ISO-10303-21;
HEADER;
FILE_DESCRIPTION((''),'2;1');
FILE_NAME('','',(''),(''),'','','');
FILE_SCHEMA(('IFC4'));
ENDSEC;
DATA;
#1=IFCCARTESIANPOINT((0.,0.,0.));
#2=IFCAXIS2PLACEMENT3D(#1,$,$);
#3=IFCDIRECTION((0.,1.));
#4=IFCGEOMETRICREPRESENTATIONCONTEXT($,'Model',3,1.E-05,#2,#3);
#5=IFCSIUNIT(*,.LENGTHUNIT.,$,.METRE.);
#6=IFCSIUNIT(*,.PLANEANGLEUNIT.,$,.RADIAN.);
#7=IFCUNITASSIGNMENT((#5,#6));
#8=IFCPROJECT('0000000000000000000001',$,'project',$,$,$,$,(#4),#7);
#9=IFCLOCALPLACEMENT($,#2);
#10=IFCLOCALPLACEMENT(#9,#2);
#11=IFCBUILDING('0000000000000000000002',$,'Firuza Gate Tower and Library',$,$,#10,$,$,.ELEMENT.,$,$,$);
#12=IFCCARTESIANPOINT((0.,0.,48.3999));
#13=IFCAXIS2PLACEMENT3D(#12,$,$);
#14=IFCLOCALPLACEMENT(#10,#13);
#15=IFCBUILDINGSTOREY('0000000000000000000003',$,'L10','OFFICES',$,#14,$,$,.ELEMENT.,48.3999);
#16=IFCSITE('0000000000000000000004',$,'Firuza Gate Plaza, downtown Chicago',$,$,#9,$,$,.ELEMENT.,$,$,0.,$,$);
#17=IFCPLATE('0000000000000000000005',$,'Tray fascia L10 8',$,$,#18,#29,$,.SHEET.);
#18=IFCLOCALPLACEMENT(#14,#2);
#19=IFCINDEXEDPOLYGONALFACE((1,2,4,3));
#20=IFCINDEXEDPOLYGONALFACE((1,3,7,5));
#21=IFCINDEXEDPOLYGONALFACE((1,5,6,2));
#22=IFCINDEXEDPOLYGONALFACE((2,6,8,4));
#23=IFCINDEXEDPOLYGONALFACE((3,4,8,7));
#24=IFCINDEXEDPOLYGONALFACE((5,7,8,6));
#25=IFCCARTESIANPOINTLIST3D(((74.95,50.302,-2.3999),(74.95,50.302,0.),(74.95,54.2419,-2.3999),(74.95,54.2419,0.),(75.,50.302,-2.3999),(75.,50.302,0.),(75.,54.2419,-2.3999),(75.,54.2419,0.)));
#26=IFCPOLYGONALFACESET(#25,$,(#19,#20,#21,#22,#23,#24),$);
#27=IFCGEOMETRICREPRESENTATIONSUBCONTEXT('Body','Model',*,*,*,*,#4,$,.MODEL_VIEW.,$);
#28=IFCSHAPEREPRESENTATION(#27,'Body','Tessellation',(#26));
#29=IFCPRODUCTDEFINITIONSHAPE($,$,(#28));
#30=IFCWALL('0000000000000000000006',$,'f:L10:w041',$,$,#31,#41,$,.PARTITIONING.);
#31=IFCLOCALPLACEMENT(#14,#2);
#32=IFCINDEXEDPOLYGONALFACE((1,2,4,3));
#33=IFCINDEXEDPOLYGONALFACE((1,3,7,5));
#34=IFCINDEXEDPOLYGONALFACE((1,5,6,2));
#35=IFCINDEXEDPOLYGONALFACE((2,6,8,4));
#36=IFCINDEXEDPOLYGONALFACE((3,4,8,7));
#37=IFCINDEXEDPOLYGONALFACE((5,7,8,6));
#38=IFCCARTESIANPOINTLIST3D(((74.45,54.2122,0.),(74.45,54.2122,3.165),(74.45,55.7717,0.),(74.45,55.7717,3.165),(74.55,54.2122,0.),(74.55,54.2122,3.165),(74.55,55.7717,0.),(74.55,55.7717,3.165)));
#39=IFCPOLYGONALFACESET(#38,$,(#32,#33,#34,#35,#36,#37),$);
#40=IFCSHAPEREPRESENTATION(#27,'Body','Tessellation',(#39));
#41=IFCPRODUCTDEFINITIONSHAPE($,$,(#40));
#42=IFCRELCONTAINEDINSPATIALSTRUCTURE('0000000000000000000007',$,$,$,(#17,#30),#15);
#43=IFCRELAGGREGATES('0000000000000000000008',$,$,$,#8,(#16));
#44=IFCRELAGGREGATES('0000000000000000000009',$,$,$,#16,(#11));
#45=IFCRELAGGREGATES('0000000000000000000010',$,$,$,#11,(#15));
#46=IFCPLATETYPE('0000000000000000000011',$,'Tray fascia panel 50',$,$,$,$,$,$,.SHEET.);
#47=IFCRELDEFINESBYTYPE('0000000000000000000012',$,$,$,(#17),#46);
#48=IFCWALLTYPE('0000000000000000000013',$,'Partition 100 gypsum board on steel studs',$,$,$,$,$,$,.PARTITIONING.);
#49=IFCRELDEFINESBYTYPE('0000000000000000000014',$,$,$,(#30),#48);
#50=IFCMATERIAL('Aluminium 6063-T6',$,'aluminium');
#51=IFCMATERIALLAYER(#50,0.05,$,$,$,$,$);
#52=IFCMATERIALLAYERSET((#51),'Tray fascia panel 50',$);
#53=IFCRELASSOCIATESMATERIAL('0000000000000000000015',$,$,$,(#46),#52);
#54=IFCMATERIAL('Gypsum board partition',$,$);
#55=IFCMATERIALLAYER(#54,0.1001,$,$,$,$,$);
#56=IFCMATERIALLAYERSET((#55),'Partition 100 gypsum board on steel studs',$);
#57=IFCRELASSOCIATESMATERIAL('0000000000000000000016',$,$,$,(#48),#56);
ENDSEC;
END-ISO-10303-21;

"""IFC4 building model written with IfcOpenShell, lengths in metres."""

from ifc_helpers import new_model, si_unit, direction, frame, frame_2d, origin, place, context, subcontext, project, spatial, polyline, rectangle, outline, extrude, material, layer, layer_set, type_object, element, save


model = new_model("IFC4")

# Units and contexts
model_context = context("Model", 3, precision=1e-05, world=origin(), true_north=direction((0.0, 1.0)))
body_context = subcontext(model_context, "Body", "Model", "MODEL_VIEW")
ifc_project = project(units=[si_unit("LENGTHUNIT", "METRE"), si_unit("PLANEANGLEUNIT", "RADIAN")], contexts=[model_context])

# Site, building, storey
site_placement = place(None, origin())
site = spatial("IfcSite", under=ifc_project, at=site_placement, Name="Firuza Gate Plaza, downtown Chicago", CompositionType="ELEMENT", RefElevation=0.0)
building_placement = place(site_placement, origin())
building = spatial("IfcBuilding", under=site, at=building_placement, Name="Firuza Gate Tower and Library", CompositionType="ELEMENT")
storey_placement = place(building_placement, frame((0.0, 0.0, 48.3999)))
storey = spatial("IfcBuildingStorey", under=building, at=storey_placement, Name="L10", Description="OFFICES", CompositionType="ELEMENT", Elevation=48.3999)

# Plate
ifc_material_1 = material(Name="Aluminium 6063-T6", Category="aluminium")
ifc_layer_1 = layer(ifc_material_1, 0.05)
ifc_layer_set_1 = layer_set([ifc_layer_1], Name="Tray fascia panel 50")
plate_type_1 = type_object("IfcPlateType", Name="Tray fascia panel 50", PredefinedType="SHEET", material=ifc_layer_set_1)
plate_1_placement = place(storey_placement, frame((74.95, 54.2419, -2.3999), z_axis=(-1.0, 0.0, 0.0), x_axis=(0.0, -1.0, 0.0)))
element("IfcPlate", 1, at=plate_1_placement, inside=storey, type_object=plate_type_1, Name="Tray fascia L10 8", PredefinedType="SHEET", context=body_context, shape_type="SweptSolid", body=[
    extrude(outline(polyline([(0.0, 0.0), (3.9399, 0.0), (3.9399, 2.3999), (0.0, 2.3999), (0.0, 0.0)])), origin(), (0.0, 0.0, -1.0), 0.05),
])

# Wall
ifc_material_2 = material(Name="Gypsum board partition")
ifc_layer_2 = layer(ifc_material_2, 0.1001)
ifc_layer_set_2 = layer_set([ifc_layer_2], Name="Partition 100 gypsum board on steel studs")
wall_type = type_object("IfcWallType", Name="Partition 100 gypsum board on steel studs", PredefinedType="PARTITIONING", material=ifc_layer_set_2)
wall_placement = place(storey_placement, frame((74.5, 54.2122, 0.0), z_axis=(0.0, 0.0, 1.0), x_axis=(0.0, 1.0, 0.0)))
element("IfcWall", 2, at=wall_placement, inside=storey, type_object=wall_type, Name="f:L10:w041", PredefinedType="PARTITIONING", context=body_context, shape_type="SweptSolid", body=[
    extrude(rectangle(XDim=1.5596, YDim=0.1001, at=frame_2d((0.7798, 0.0))), origin(), (0.0, 0.0, 1.0), 3.165),
])

save(model, "model.ifc")
